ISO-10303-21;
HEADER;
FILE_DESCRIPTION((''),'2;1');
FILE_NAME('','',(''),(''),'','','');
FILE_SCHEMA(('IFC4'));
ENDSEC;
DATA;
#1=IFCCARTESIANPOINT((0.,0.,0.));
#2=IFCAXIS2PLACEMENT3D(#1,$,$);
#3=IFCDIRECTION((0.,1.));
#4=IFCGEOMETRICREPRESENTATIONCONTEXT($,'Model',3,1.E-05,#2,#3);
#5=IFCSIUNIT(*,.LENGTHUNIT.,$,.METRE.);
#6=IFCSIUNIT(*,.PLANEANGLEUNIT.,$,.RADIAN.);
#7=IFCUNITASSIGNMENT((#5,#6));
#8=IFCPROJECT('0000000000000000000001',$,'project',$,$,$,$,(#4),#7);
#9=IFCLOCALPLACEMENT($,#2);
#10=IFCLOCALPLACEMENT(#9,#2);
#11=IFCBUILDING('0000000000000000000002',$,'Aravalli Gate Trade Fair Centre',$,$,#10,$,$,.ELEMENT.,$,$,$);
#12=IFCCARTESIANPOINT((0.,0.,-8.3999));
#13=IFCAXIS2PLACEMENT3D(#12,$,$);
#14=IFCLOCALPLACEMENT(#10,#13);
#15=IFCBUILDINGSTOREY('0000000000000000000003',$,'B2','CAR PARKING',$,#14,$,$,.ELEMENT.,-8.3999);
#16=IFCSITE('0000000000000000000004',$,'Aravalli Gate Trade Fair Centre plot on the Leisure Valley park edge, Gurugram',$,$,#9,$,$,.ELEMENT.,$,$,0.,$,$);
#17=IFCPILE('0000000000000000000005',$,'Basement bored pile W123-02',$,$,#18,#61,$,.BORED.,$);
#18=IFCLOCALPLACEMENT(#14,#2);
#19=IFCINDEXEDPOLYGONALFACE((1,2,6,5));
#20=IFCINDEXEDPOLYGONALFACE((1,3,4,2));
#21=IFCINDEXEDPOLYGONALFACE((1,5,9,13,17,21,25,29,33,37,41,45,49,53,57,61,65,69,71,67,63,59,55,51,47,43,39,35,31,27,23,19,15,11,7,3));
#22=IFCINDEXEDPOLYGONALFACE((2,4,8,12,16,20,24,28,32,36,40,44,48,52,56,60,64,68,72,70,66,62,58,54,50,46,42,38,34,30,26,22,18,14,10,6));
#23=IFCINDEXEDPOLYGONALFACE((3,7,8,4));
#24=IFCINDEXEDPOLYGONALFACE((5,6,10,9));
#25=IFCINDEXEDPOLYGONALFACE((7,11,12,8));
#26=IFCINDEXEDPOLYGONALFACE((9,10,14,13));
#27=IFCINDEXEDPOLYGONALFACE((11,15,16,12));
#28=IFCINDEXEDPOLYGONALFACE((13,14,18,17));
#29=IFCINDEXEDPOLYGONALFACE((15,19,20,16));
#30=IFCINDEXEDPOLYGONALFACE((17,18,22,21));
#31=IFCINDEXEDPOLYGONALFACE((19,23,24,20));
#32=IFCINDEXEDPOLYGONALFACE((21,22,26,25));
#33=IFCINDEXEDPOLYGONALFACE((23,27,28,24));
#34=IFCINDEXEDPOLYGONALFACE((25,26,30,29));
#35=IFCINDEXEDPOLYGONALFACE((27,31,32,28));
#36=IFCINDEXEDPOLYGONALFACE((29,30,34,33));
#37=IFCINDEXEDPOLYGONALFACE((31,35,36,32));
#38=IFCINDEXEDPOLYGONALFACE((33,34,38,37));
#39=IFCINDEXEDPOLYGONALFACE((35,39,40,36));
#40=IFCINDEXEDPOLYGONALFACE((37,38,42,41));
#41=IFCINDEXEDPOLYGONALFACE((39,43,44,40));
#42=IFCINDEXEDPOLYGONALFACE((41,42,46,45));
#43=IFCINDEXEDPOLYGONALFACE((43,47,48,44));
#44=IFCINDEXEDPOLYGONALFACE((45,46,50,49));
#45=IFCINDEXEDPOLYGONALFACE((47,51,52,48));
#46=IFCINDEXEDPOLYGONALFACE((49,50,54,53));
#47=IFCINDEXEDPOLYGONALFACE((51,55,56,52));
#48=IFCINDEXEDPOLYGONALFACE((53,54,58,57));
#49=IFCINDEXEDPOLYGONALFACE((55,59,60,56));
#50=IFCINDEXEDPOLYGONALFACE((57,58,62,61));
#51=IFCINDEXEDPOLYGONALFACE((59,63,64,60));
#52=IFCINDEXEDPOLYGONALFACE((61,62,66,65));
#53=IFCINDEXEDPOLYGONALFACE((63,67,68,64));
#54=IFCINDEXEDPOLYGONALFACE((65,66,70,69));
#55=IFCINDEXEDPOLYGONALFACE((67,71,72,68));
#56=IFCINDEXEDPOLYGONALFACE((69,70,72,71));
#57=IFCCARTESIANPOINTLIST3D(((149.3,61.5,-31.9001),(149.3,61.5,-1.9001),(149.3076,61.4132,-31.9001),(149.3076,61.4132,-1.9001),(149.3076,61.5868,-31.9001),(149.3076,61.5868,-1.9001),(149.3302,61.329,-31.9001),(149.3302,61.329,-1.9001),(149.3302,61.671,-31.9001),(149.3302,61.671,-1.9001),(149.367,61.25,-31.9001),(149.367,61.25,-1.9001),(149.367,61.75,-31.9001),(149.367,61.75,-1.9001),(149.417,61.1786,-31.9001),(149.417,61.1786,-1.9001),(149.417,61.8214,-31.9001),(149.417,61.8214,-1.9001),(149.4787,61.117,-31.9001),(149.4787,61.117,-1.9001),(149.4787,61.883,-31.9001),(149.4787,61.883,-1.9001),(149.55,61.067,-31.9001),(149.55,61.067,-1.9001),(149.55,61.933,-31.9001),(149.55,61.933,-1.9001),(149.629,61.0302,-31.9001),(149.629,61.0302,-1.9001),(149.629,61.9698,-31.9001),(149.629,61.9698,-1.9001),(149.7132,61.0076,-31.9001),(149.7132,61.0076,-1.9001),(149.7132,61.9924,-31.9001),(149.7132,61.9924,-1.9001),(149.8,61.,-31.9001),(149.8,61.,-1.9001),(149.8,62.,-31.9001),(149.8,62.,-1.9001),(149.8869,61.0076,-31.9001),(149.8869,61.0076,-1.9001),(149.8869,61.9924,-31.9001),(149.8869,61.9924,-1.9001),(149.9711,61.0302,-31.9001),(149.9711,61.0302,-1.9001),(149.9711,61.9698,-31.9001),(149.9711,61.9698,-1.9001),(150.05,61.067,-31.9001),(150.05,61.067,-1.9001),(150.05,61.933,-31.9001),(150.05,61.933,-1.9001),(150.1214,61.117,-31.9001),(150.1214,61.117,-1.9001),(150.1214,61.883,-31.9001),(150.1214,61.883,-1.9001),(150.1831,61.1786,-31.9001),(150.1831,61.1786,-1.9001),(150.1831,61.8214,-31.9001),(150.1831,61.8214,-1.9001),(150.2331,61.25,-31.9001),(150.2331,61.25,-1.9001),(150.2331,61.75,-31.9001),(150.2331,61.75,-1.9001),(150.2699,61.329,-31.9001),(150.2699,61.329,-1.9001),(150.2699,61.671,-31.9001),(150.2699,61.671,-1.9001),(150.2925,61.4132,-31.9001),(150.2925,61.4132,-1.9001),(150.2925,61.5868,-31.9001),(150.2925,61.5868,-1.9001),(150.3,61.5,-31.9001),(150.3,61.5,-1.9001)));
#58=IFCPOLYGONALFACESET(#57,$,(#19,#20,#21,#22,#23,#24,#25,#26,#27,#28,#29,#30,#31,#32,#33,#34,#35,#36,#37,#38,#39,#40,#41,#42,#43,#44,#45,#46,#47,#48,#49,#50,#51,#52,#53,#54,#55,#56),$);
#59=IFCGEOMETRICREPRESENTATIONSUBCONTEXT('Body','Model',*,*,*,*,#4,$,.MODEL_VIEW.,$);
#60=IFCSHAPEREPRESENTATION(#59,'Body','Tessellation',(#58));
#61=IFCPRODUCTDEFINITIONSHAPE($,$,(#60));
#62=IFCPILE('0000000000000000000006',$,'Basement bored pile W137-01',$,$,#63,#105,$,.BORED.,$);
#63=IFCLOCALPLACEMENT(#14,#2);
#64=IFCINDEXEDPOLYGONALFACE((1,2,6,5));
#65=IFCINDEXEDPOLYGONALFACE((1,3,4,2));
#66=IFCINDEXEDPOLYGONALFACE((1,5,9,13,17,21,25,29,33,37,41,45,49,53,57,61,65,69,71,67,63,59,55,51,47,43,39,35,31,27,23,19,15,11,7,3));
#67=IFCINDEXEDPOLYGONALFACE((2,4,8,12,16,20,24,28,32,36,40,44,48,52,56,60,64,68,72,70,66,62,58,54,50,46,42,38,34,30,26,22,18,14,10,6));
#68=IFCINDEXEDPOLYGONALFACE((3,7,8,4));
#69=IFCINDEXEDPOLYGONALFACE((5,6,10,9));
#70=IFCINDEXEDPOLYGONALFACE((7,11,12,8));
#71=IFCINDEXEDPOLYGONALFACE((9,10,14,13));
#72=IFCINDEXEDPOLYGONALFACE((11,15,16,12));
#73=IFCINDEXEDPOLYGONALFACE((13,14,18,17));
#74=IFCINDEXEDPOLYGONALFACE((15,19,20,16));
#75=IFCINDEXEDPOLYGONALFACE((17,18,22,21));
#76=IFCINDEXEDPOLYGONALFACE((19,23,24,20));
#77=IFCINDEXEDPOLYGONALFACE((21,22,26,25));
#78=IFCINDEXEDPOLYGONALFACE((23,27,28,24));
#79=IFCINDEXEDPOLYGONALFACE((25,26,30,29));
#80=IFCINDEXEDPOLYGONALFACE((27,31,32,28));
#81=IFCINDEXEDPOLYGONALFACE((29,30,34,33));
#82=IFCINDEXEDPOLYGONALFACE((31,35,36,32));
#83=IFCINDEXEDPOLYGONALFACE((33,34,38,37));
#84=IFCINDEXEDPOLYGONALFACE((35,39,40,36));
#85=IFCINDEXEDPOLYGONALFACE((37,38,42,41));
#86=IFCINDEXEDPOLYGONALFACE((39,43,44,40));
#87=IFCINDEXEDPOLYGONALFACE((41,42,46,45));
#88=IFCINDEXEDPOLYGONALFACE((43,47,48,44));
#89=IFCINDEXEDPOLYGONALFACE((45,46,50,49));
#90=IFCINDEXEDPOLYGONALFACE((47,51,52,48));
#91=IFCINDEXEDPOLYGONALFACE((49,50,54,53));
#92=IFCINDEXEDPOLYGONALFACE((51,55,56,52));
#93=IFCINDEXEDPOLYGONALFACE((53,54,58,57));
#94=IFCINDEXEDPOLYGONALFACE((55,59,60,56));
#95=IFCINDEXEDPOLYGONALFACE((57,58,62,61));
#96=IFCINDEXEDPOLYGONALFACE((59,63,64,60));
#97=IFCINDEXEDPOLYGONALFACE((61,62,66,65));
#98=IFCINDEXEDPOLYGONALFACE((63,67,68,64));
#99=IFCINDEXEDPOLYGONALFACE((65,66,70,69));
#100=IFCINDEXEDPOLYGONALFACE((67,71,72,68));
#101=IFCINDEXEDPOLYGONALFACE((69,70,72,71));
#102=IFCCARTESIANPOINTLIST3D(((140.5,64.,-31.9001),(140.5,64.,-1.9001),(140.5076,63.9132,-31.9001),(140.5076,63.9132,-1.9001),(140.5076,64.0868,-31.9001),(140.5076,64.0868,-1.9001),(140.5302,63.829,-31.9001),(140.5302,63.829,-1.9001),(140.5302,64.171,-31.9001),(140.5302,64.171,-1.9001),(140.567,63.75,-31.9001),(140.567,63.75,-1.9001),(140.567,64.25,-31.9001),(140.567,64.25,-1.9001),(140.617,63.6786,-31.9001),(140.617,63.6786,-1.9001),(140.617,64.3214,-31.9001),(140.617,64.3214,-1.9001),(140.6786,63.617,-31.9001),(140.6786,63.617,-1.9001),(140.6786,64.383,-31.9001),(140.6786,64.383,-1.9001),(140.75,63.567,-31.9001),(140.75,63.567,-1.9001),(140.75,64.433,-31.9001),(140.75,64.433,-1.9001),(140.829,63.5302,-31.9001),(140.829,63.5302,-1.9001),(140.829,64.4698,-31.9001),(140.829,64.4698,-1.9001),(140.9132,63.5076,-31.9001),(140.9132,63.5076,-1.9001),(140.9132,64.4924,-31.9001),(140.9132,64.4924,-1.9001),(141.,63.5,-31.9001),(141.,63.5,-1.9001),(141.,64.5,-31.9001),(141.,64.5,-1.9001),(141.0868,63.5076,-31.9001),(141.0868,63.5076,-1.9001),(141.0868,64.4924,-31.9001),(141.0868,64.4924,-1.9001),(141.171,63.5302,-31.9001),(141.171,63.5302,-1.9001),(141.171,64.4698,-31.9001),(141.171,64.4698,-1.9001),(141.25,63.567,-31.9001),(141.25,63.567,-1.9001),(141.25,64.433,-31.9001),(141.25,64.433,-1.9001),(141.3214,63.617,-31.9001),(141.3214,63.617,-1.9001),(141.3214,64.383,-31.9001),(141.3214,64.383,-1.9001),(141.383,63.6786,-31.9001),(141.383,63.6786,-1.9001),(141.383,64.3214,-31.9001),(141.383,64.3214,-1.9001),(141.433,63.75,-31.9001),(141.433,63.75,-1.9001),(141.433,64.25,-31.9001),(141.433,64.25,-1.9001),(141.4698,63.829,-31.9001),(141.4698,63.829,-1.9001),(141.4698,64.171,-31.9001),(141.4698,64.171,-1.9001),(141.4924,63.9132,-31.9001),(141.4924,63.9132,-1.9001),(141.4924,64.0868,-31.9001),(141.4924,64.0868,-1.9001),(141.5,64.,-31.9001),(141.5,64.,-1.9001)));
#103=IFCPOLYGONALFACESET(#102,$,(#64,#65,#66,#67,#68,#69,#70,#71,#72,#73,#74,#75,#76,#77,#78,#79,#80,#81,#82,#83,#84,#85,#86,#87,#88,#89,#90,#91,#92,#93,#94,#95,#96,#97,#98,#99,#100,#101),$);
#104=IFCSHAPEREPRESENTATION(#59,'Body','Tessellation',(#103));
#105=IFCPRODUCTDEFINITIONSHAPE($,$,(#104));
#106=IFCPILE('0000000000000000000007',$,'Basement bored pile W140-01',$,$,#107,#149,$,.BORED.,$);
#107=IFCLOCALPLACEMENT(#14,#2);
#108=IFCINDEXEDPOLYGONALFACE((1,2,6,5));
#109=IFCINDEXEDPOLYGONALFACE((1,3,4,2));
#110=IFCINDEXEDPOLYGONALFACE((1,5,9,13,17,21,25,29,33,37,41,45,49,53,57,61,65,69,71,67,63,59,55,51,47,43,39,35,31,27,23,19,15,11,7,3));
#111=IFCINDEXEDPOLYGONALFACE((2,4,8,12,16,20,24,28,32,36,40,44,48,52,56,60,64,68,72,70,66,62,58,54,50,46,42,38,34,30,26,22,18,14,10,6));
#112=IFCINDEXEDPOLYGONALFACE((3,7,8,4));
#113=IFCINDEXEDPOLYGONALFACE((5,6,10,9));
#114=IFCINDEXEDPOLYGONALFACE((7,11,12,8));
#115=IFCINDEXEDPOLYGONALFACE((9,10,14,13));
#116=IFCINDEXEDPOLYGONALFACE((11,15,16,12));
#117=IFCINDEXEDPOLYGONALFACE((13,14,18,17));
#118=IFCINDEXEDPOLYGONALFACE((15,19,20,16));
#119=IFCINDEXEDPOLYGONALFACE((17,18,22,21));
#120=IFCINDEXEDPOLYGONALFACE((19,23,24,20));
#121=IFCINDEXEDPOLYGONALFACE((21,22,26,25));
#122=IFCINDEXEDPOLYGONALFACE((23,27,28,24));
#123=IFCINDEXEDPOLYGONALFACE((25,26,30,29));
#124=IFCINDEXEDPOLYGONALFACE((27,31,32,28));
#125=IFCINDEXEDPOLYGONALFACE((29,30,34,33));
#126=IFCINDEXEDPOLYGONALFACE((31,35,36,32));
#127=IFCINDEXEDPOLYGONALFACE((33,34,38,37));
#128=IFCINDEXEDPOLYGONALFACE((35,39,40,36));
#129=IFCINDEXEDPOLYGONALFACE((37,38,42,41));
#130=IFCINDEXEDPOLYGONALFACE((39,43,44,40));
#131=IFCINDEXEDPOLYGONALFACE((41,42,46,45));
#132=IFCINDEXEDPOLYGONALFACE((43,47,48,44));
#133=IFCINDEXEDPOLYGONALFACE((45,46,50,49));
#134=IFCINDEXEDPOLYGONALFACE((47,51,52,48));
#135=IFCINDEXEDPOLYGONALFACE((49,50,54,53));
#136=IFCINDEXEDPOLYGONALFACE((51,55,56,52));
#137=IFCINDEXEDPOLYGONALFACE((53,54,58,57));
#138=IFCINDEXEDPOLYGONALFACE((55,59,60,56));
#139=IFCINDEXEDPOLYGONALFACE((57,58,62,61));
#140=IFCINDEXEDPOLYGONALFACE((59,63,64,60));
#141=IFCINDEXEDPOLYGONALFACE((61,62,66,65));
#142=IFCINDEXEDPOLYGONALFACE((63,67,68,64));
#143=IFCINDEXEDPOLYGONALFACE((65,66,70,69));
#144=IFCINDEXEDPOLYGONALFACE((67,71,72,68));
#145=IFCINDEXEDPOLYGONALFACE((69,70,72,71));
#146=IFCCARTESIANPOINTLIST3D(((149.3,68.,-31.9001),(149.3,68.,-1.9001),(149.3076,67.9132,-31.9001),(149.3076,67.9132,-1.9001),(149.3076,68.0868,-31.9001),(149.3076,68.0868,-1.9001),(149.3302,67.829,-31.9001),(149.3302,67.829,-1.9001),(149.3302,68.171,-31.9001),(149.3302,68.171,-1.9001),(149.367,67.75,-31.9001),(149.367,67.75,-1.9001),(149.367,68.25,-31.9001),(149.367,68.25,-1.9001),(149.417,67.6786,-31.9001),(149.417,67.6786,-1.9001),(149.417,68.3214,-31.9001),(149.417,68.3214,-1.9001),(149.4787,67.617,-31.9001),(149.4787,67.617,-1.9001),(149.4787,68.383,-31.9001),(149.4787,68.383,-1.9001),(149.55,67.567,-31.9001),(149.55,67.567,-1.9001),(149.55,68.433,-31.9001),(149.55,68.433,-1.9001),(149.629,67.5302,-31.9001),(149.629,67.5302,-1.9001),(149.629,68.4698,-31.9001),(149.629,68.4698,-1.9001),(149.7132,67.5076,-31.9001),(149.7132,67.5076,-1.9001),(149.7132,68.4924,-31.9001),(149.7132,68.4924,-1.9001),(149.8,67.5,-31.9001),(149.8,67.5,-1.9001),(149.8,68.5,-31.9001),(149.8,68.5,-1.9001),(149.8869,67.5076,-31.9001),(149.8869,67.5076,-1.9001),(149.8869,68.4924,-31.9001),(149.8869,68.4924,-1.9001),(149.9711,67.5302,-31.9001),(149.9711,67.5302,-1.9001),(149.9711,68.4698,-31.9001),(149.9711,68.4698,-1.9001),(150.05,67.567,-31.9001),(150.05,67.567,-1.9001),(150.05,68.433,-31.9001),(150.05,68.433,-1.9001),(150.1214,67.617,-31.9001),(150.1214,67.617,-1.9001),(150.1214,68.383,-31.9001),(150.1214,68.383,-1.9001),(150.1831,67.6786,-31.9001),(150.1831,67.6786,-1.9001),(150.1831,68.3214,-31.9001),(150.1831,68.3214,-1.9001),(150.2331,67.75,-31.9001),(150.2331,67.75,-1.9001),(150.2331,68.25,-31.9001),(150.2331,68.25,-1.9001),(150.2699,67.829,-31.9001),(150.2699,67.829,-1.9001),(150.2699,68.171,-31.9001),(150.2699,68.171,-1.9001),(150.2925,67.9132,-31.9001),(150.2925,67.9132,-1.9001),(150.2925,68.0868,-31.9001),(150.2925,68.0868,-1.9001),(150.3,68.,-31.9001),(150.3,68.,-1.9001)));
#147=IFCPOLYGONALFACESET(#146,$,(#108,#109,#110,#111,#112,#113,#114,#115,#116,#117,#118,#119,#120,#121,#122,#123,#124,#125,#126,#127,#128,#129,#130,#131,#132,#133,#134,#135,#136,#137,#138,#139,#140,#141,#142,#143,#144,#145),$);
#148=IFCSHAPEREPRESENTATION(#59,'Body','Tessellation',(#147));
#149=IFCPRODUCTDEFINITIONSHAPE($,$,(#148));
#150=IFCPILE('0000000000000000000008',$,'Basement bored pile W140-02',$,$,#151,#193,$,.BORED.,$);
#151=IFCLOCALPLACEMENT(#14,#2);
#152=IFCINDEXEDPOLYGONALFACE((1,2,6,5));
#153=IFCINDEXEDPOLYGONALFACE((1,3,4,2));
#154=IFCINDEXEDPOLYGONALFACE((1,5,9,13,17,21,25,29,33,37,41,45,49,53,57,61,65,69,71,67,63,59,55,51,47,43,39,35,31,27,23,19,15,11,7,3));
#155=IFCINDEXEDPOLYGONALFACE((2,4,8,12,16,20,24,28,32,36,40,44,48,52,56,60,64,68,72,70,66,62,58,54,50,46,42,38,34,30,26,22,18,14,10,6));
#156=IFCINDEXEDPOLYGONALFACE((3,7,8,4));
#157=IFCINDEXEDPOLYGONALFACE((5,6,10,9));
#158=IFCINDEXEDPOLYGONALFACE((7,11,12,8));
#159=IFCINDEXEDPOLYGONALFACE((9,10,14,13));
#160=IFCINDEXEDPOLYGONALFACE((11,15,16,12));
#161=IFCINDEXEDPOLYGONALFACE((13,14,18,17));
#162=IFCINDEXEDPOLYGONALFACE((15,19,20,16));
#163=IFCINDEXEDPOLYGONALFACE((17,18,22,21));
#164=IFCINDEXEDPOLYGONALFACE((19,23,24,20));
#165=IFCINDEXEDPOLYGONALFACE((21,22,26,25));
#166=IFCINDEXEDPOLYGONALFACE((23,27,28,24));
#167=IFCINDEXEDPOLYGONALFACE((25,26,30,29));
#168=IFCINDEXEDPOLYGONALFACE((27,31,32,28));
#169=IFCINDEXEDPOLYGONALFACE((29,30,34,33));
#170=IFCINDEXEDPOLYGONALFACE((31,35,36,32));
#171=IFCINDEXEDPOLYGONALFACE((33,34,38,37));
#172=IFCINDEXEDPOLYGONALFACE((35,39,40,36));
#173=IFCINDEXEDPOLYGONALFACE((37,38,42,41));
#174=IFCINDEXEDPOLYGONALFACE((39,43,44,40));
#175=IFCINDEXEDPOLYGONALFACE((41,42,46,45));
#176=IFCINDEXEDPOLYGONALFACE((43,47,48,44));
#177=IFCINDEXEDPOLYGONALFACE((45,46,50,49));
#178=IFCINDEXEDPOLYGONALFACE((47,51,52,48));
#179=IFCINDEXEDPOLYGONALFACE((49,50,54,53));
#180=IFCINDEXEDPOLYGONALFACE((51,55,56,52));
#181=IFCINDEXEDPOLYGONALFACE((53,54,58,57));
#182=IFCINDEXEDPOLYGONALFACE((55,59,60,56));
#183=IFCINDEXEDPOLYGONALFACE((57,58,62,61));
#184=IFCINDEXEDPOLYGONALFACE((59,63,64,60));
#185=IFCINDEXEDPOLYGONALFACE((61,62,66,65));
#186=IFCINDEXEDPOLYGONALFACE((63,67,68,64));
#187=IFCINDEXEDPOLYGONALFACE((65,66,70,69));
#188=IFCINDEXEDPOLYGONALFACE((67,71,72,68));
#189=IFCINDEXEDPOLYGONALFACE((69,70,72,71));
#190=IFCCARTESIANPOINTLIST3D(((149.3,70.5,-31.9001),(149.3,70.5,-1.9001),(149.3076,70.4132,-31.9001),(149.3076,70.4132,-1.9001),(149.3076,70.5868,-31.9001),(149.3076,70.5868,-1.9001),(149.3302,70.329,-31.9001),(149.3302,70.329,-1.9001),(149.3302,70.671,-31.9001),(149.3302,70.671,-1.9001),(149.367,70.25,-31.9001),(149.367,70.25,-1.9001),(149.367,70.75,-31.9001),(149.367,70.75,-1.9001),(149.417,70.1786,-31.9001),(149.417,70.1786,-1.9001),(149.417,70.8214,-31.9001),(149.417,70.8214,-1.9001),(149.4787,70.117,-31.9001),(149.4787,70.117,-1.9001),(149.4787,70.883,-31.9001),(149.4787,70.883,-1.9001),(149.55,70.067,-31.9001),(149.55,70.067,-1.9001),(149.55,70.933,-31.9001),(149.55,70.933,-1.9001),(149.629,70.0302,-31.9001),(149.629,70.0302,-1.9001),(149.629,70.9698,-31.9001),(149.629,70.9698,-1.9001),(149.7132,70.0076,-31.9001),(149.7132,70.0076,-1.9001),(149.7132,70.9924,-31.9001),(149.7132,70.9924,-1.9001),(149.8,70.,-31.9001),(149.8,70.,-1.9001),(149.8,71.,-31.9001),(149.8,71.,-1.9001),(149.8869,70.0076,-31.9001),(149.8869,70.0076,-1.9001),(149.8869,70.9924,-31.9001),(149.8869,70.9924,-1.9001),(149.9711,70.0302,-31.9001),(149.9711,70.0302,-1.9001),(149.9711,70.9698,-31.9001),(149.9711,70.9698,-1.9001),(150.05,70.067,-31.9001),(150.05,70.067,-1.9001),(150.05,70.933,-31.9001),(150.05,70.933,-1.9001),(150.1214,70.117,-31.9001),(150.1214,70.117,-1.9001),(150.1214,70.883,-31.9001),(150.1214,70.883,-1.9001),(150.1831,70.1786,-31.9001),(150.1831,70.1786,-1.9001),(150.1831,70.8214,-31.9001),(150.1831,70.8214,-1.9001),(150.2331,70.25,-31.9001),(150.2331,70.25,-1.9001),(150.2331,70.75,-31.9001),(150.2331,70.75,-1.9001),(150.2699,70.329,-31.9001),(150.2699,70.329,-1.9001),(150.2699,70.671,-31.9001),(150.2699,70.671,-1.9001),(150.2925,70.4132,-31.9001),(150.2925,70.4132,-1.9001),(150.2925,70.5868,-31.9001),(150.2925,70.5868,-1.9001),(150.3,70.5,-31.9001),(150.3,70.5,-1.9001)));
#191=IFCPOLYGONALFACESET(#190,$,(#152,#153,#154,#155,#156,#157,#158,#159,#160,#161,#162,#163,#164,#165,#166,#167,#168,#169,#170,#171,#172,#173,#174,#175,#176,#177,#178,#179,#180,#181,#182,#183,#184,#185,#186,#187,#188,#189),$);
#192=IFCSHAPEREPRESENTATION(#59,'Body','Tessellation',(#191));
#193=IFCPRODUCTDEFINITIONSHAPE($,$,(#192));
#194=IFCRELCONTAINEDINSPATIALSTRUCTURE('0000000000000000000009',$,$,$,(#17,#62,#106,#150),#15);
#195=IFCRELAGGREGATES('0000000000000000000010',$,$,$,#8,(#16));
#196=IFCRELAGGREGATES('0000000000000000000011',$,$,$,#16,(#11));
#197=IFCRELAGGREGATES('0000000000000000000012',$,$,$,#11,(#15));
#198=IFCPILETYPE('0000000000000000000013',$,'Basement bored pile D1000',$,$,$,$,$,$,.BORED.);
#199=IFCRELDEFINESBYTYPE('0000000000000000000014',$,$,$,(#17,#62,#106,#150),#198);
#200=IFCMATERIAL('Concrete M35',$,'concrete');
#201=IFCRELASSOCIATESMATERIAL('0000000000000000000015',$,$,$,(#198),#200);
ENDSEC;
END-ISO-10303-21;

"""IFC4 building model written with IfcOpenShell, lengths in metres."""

from ifc_helpers import new_model, si_unit, direction, frame, origin, origin_2d, place, context, subcontext, project, spatial, circle, extrude, material, material_profile, profile_set, type_object, element, save


model = new_model("IFC4")

# Units and contexts
model_context = context("Model", 3, precision=1e-05, world=origin(), true_north=direction((0.0, 1.0)))
body_context = subcontext(model_context, "Body", "Model", "MODEL_VIEW")
ifc_project = project(units=[si_unit("LENGTHUNIT", "METRE"), si_unit("PLANEANGLEUNIT", "RADIAN")], contexts=[model_context])

# Site, building, storey
site_placement = place(None, origin())
site = spatial("IfcSite", under=ifc_project, at=site_placement, Name="Aravalli Gate Trade Fair Centre plot on the Leisure Valley park edge, Gurugram", CompositionType="ELEMENT", RefElevation=0.0)
building_placement = place(site_placement, origin())
building = spatial("IfcBuilding", under=site, at=building_placement, Name="Aravalli Gate Trade Fair Centre", CompositionType="ELEMENT")
storey_placement = place(building_placement, frame((0.0, 0.0, -8.3999)))
storey = spatial("IfcBuildingStorey", under=building, at=storey_placement, Name="B2", Description="CAR PARKING", CompositionType="ELEMENT", Elevation=-8.3999)

# Piles
ifc_material_1 = material(Name="Concrete M35", Category="concrete")
ifc_material_profile_1 = material_profile(ifc_material_1, circle(Radius=0.5, at=origin_2d()), Name="D1000")
ifc_profile_set_1 = profile_set([ifc_material_profile_1], Name="Concrete M35")
pile_type = type_object("IfcPileType", Name="Basement bored pile D1000", PredefinedType="BORED", material=ifc_profile_set_1)
for number, where, z_axis, x_axis, name in (
    (1, (149.8, 61.5, -1.9001), (0.0, 0.0, -1.0), (1.0, 0.0, 0.0), "Basement bored pile W123-02"),
    (2, (141.0, 64.0, -1.9001), (0.0, 0.0, -1.0), (1.0, 0.0, 0.0), "Basement bored pile W137-01"),
    (3, (149.8, 68.0, -1.9001), (0.0, 0.0, -1.0), (1.0, 0.0, 0.0), "Basement bored pile W140-01"),
    (4, (149.8, 70.5, -1.9001), (0.0, 0.0, -1.0), (1.0, 0.0, 0.0), "Basement bored pile W140-02"),
):
    element("IfcPile", number, at=place(storey_placement, frame(where, z_axis=z_axis, x_axis=x_axis)), inside=storey, type_object=pile_type, Name=name, PredefinedType="BORED", context=body_context, shape_type="SweptSolid", body=[
        extrude(circle(Radius=0.5, at=origin_2d()), origin(), (0.0, 0.0, 1.0), 30.0),
    ])

save(model, "model.ifc")
